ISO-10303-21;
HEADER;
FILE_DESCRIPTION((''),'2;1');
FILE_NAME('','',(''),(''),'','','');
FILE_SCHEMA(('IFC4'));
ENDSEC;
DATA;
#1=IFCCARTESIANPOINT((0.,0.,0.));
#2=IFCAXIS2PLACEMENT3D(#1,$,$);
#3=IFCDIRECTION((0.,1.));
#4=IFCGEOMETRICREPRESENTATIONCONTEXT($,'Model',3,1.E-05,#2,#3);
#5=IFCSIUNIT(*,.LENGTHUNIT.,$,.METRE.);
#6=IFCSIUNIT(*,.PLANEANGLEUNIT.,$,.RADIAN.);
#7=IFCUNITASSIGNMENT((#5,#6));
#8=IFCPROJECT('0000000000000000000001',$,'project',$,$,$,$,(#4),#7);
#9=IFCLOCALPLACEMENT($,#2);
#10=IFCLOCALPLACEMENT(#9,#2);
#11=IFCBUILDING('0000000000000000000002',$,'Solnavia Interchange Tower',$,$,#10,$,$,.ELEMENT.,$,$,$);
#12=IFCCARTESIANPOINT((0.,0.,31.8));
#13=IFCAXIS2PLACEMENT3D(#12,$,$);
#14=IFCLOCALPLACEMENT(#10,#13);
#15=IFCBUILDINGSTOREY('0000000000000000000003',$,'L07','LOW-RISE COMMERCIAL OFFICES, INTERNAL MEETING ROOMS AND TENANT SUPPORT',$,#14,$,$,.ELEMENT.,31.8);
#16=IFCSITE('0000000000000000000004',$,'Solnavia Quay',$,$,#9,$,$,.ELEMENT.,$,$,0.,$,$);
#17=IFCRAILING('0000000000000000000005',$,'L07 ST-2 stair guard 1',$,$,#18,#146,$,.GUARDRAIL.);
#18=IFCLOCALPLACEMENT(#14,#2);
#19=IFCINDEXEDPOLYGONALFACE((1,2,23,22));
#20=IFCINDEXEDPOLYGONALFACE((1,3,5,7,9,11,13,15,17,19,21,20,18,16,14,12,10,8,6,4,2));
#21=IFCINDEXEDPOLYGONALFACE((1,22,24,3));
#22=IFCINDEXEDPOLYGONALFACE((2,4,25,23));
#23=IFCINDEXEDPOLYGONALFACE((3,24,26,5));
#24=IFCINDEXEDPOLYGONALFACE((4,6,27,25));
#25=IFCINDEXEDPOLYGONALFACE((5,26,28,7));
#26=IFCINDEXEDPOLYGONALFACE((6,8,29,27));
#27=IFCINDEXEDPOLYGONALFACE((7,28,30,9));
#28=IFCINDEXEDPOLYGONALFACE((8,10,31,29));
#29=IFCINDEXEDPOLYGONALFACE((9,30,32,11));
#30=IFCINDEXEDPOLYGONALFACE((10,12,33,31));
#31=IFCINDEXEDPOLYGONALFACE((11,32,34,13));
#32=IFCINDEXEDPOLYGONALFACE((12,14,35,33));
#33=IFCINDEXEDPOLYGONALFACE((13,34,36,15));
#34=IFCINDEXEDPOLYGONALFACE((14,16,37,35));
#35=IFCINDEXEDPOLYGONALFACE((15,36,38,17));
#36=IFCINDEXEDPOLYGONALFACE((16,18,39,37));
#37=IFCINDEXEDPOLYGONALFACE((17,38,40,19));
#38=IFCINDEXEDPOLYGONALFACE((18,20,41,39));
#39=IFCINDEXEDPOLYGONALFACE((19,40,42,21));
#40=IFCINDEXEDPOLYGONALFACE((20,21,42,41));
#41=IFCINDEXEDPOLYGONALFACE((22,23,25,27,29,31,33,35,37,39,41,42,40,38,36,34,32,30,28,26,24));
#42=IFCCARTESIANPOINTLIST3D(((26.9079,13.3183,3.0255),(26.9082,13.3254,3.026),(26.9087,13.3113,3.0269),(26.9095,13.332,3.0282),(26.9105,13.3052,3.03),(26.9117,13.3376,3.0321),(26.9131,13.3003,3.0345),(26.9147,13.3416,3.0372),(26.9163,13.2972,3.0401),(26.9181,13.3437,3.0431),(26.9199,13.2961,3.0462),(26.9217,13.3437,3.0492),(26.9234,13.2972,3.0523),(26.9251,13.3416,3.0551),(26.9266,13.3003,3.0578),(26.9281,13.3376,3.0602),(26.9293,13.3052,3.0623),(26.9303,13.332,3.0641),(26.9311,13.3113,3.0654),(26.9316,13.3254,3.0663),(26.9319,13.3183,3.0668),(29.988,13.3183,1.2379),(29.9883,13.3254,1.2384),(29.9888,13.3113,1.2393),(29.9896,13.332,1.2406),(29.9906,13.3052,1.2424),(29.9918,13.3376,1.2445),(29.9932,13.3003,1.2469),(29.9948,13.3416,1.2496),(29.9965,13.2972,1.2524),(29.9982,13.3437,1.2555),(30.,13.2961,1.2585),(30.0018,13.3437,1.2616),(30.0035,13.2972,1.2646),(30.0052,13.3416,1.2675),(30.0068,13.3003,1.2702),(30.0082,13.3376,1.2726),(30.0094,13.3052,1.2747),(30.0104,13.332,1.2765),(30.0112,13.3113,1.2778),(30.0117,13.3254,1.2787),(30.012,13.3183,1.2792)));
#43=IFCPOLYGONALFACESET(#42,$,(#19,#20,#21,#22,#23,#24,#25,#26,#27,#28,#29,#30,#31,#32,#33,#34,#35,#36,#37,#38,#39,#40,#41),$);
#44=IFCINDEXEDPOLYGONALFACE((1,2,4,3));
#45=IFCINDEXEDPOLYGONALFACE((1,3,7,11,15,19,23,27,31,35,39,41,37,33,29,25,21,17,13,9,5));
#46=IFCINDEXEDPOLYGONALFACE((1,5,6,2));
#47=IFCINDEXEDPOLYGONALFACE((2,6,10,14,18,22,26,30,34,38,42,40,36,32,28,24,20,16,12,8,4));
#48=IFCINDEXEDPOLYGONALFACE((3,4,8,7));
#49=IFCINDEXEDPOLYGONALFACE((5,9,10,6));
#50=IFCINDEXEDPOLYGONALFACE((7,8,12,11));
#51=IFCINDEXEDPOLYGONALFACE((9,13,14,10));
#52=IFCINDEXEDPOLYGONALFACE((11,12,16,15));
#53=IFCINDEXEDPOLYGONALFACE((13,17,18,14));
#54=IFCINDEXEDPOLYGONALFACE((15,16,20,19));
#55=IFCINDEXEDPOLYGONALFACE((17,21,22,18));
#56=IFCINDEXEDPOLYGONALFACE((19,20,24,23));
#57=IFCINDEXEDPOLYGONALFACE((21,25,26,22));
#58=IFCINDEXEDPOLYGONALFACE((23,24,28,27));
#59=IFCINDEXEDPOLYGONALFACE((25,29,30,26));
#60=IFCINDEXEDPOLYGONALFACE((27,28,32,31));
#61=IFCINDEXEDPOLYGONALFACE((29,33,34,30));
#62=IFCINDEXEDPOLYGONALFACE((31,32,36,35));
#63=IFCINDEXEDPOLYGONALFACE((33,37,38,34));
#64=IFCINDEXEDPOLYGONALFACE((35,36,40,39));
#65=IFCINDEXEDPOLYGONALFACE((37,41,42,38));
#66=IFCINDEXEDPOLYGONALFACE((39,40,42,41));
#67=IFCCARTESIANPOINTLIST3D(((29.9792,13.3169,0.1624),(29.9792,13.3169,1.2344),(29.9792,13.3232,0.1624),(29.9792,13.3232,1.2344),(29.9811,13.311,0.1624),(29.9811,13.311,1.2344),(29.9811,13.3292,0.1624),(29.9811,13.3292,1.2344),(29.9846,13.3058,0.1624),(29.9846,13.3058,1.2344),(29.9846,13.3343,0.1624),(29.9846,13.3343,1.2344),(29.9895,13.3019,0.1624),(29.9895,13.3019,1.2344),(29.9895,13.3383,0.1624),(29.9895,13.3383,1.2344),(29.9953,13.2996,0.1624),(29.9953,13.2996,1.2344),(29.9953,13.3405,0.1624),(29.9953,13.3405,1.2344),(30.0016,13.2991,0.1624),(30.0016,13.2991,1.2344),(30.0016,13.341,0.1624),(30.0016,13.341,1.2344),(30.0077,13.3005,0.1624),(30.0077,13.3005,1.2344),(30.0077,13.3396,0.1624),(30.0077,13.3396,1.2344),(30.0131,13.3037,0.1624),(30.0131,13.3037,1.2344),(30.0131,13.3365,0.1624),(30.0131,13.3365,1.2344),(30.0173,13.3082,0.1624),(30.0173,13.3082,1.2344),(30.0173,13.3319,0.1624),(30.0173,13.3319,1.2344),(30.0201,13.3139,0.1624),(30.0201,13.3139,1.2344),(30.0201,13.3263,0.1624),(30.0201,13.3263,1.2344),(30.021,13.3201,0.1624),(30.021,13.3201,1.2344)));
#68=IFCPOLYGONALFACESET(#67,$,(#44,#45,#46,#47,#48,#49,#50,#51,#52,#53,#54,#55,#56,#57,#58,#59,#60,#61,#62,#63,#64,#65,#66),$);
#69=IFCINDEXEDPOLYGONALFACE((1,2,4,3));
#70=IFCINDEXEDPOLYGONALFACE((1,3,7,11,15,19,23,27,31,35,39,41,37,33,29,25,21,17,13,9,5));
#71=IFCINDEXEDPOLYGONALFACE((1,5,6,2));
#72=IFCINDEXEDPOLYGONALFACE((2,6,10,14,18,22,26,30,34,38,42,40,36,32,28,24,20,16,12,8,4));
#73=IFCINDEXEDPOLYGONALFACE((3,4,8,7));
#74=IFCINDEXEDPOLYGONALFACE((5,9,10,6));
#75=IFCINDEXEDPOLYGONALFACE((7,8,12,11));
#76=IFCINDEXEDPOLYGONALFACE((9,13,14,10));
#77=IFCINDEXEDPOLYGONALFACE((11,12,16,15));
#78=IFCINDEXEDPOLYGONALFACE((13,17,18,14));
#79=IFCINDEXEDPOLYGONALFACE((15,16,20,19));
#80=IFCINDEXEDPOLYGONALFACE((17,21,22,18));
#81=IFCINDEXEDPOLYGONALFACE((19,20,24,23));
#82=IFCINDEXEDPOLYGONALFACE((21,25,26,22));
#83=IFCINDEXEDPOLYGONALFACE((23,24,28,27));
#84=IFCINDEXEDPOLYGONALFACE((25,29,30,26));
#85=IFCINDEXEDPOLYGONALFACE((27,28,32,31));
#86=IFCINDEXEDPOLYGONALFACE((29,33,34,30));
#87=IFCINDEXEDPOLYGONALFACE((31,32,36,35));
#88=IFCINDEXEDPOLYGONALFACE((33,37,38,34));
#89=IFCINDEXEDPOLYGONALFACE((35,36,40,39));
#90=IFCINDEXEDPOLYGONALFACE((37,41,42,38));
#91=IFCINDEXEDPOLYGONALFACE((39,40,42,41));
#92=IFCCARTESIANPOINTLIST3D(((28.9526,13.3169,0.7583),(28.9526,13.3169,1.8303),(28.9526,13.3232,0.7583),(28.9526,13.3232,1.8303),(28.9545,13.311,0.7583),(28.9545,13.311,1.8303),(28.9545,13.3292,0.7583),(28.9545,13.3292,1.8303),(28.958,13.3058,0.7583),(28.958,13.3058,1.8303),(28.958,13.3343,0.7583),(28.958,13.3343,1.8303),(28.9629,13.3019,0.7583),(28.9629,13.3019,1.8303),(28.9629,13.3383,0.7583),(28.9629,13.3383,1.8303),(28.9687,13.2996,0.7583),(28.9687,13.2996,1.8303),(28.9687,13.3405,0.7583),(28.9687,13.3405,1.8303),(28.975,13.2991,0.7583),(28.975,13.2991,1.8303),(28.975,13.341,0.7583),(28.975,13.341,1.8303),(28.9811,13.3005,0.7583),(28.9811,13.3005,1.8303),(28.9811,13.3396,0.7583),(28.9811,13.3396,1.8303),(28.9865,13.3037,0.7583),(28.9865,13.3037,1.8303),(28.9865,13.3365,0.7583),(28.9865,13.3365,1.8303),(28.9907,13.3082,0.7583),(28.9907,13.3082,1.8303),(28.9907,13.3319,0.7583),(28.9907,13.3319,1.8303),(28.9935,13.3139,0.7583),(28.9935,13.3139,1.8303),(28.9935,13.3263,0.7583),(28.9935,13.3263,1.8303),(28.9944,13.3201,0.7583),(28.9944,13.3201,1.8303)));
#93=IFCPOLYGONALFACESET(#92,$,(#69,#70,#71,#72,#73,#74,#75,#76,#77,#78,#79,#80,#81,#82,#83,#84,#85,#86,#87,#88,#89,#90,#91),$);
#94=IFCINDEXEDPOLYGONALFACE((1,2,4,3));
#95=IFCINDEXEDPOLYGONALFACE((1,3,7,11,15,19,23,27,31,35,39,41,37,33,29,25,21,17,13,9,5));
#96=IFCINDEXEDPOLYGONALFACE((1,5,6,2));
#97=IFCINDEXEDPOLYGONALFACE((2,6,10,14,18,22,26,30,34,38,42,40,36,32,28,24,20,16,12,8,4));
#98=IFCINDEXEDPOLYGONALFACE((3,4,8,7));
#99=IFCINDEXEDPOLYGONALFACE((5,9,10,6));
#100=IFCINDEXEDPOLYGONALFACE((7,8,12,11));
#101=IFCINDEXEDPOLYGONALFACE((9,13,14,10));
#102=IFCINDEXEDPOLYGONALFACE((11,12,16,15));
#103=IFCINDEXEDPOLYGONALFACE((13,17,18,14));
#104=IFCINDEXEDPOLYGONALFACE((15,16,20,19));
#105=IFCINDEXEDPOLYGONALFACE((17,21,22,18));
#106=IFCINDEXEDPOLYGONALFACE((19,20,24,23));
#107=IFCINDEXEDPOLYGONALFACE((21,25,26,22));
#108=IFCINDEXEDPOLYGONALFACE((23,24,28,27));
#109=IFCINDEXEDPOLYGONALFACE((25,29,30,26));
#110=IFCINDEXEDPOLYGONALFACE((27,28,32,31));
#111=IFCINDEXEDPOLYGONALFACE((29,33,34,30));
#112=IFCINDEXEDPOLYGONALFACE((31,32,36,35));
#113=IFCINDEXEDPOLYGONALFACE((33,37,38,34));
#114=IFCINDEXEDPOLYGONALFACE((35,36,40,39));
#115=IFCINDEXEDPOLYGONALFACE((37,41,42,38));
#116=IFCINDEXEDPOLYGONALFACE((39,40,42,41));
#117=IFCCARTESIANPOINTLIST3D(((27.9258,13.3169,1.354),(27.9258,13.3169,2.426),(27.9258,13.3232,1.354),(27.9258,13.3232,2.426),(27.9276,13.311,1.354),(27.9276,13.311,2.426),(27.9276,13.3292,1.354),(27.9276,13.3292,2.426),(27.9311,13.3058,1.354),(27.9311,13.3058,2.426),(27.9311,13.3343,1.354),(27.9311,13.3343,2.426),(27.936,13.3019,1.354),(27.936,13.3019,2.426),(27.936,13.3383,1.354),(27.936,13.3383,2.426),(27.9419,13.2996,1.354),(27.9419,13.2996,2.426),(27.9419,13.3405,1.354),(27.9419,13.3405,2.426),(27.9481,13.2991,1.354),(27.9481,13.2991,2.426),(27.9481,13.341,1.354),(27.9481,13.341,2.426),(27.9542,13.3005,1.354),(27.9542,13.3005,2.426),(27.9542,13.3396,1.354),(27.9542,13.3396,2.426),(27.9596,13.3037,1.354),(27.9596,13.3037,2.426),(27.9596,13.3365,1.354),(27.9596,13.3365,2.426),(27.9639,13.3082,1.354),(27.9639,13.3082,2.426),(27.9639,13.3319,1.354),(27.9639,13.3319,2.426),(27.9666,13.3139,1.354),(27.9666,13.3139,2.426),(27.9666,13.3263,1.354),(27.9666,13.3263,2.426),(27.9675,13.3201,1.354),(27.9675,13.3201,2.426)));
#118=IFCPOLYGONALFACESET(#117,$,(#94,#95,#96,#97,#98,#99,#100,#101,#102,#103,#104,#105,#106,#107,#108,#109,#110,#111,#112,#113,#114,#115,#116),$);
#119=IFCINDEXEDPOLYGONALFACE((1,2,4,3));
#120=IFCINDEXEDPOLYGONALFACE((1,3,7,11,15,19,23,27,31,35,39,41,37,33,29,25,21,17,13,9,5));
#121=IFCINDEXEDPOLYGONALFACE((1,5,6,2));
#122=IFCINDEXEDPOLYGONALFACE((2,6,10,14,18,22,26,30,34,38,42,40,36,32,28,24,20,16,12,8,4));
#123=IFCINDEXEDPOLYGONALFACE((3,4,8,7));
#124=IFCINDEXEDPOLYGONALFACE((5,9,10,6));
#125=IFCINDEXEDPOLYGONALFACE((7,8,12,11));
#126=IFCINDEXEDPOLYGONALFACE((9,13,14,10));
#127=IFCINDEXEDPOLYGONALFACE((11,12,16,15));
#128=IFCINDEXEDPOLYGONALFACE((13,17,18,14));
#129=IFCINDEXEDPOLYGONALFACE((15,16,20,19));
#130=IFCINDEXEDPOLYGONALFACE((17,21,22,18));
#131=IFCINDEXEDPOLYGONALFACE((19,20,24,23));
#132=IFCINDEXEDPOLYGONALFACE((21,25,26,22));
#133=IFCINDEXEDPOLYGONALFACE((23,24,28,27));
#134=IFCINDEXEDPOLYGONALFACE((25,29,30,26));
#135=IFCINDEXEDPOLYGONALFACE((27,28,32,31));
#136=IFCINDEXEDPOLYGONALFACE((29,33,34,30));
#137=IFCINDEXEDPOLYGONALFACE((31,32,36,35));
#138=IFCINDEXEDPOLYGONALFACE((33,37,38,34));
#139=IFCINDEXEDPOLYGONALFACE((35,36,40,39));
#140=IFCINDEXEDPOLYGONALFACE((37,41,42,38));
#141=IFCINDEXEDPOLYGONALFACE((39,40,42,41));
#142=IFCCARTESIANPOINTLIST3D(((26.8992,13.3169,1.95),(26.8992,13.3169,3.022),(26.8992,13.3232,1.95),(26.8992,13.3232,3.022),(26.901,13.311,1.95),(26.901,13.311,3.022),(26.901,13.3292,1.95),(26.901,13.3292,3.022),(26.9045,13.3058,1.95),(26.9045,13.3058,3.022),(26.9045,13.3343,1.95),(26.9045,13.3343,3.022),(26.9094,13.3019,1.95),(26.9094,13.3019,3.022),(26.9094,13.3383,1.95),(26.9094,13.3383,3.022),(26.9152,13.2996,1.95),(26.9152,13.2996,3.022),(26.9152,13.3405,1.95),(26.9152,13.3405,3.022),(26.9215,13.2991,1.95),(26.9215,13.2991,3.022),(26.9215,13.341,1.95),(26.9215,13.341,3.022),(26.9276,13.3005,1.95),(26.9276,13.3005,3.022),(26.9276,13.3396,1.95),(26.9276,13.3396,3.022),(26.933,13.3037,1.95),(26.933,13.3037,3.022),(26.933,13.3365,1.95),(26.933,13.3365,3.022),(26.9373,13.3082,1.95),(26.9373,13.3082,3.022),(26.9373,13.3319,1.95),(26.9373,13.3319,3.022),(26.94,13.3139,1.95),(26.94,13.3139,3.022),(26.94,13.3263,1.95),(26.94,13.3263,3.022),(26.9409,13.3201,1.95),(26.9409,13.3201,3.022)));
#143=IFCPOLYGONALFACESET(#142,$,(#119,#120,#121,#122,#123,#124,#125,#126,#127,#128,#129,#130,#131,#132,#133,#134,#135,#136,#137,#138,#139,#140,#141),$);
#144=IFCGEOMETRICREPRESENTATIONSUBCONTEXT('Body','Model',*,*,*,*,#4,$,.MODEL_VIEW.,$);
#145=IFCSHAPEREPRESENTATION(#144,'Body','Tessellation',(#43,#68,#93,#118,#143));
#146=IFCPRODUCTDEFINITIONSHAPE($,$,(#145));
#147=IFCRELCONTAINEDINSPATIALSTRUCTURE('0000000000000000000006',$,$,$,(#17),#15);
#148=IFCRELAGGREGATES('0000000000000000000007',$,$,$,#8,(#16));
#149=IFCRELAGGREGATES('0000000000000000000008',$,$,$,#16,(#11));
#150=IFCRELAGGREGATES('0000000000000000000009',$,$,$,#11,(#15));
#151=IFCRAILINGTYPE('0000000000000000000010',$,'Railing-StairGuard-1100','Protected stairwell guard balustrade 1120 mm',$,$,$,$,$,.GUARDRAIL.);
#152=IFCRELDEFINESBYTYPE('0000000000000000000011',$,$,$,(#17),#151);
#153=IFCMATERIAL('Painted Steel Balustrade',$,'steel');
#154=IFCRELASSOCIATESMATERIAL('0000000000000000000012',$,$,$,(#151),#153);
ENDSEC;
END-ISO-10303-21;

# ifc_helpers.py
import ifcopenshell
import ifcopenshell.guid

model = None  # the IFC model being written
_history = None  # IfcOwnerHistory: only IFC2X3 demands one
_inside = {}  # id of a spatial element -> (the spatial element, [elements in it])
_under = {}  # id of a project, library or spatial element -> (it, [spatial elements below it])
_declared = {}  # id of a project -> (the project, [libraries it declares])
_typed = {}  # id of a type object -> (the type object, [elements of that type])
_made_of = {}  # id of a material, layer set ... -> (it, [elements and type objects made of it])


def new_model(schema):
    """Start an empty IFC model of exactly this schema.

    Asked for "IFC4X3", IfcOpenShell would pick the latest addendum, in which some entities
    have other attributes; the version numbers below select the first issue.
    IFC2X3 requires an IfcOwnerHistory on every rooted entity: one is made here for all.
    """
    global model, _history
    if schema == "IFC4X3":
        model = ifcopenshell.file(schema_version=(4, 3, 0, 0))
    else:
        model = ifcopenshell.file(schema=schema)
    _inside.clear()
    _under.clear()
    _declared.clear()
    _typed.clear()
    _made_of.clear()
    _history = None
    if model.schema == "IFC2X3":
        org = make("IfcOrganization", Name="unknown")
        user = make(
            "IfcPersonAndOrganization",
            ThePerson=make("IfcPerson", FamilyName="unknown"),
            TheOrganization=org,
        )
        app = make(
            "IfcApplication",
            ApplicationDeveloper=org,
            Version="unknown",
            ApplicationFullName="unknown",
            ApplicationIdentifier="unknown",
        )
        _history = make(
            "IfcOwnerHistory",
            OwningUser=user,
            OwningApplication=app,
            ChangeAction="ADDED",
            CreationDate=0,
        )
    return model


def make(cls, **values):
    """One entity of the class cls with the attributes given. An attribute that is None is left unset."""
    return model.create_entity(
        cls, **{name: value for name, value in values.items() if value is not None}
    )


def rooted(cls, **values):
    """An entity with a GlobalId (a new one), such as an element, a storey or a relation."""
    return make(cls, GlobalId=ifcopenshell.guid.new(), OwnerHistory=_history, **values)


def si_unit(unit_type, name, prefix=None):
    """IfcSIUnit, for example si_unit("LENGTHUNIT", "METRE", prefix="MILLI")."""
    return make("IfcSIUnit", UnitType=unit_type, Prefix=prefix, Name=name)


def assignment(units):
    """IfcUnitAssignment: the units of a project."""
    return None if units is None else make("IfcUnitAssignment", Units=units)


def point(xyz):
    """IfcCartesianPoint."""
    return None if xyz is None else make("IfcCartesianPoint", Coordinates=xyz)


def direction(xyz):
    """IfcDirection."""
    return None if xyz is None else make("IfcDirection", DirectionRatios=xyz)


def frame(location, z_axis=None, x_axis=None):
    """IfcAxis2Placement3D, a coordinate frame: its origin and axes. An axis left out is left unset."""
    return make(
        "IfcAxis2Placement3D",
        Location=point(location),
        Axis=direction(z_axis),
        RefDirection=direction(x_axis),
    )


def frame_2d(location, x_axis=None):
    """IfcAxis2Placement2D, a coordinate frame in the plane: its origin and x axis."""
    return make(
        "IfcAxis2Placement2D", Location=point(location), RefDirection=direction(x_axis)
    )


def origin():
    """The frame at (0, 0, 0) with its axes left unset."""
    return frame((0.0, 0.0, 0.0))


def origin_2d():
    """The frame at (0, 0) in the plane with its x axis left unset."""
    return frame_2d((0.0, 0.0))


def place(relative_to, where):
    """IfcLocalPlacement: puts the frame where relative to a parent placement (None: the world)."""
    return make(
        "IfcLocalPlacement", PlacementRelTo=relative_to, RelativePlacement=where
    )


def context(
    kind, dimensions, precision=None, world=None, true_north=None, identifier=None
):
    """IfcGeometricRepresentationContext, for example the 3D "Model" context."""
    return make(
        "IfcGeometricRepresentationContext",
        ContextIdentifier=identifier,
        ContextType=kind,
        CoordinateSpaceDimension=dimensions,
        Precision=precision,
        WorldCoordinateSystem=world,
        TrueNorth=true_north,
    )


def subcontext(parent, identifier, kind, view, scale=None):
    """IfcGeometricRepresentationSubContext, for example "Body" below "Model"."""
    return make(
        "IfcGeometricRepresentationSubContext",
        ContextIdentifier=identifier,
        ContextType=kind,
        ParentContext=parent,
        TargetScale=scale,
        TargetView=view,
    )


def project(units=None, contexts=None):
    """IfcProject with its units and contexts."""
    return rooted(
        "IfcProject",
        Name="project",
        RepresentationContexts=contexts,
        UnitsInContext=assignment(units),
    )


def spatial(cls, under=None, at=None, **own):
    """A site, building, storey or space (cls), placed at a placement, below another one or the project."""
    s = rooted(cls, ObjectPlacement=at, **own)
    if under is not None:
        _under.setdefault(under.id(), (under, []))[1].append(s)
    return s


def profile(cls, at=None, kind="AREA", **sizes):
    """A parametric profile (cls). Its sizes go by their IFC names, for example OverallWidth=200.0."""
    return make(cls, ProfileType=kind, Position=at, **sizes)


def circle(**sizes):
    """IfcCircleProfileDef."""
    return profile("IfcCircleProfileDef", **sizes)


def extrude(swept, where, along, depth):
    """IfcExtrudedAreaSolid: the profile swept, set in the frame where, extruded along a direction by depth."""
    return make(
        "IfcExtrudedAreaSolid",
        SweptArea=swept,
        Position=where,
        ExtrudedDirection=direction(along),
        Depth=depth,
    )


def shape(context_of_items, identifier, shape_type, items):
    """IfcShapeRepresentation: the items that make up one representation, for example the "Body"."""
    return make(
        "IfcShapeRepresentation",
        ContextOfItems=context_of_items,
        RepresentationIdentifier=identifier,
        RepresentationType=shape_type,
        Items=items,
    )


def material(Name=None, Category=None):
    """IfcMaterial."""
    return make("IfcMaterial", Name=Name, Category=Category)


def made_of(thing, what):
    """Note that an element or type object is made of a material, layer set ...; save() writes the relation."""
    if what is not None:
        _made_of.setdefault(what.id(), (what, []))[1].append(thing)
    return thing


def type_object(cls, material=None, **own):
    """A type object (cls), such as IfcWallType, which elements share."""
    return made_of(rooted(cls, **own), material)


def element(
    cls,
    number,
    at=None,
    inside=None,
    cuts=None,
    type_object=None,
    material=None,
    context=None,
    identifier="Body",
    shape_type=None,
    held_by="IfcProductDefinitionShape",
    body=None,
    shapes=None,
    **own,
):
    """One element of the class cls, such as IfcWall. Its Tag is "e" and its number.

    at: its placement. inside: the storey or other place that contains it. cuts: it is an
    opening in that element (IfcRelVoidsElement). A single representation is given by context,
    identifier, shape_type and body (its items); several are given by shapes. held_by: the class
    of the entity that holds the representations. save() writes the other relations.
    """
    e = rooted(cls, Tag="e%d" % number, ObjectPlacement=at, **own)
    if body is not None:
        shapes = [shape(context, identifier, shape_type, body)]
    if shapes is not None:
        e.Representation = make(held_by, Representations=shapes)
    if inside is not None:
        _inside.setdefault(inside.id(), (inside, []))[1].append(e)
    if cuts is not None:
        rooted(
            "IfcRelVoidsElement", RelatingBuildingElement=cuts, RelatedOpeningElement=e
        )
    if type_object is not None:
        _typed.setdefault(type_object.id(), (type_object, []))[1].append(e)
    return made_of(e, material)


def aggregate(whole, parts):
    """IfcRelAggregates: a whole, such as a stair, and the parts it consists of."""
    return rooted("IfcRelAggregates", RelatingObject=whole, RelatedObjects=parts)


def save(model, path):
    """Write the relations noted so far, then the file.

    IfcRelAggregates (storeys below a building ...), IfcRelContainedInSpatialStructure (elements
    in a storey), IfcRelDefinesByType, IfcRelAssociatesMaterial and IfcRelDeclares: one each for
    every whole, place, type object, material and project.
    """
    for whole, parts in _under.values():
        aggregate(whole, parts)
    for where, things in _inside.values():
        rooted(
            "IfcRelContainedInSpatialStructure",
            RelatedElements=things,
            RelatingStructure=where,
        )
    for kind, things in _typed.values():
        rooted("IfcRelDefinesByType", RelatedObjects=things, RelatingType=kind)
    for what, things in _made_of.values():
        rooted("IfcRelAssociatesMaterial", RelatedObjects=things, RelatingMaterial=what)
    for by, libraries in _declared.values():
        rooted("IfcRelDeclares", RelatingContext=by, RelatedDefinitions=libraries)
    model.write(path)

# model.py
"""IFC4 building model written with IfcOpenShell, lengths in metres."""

from ifc_helpers import new_model, si_unit, direction, frame, origin, origin_2d, place, context, subcontext, project, spatial, circle, extrude, material, type_object, element, save


model = new_model("IFC4")

# Units and contexts
model_context = context("Model", 3, precision=1e-05, world=origin(), true_north=direction((0.0, 1.0)))
body_context = subcontext(model_context, "Body", "Model", "MODEL_VIEW")
ifc_project = project(units=[si_unit("LENGTHUNIT", "METRE"), si_unit("PLANEANGLEUNIT", "RADIAN")], contexts=[model_context])

# Site, building, storey
site_placement = place(None, origin())
site = spatial("IfcSite", under=ifc_project, at=site_placement, Name="Solnavia Quay", CompositionType="ELEMENT", RefElevation=0.0)
building_placement = place(site_placement, origin())
building = spatial("IfcBuilding", under=site, at=building_placement, Name="Solnavia Interchange Tower", CompositionType="ELEMENT")
storey_placement = place(building_placement, frame((0.0, 0.0, 31.8)))
storey = spatial("IfcBuildingStorey", under=building, at=storey_placement, Name="L07", Description="LOW-RISE COMMERCIAL OFFICES, INTERNAL MEETING ROOMS AND TENANT SUPPORT", CompositionType="ELEMENT", Elevation=31.8)

# Railing
ifc_material_1 = material(Name="Painted Steel Balustrade", Category="steel")
railing_type_1 = type_object("IfcRailingType", Name="Railing-StairGuard-1100", Description="Protected stairwell guard balustrade 1120 mm", PredefinedType="GUARDRAIL", material=ifc_material_1)
railing_1_placement = place(storey_placement, frame((30.0, 13.3201, 0.1624)))
element("IfcRailing", 1, at=railing_1_placement, inside=storey, type_object=railing_type_1, Name="L07 ST-2 stair guard 1", PredefinedType="GUARDRAIL", context=body_context, shape_type="SweptSolid", body=[
    extrude(circle(Radius=0.0239, at=origin_2d()), frame((0.0, 0.0, 1.0962), z_axis=(-0.864891, 0.0, 0.50196), x_axis=(0.0, -1.0, 0.0)), (0.0, 0.0, 1.0), 3.5613),
    extrude(circle(Radius=0.021, at=origin_2d()), origin(), (0.0, 0.0, 1.0), 1.072),
    extrude(circle(Radius=0.021, at=origin_2d()), frame((-1.0266, 0.0, 0.5959)), (0.0, 0.0, 1.0), 1.072),
    extrude(circle(Radius=0.021, at=origin_2d()), frame((-2.0535, 0.0, 1.1917)), (0.0, 0.0, 1.0), 1.072),
    extrude(circle(Radius=0.021, at=origin_2d()), frame((-3.0801, 0.0, 1.7876)), (0.0, 0.0, 1.0), 1.072),
])

save(model, "model.ifc")
